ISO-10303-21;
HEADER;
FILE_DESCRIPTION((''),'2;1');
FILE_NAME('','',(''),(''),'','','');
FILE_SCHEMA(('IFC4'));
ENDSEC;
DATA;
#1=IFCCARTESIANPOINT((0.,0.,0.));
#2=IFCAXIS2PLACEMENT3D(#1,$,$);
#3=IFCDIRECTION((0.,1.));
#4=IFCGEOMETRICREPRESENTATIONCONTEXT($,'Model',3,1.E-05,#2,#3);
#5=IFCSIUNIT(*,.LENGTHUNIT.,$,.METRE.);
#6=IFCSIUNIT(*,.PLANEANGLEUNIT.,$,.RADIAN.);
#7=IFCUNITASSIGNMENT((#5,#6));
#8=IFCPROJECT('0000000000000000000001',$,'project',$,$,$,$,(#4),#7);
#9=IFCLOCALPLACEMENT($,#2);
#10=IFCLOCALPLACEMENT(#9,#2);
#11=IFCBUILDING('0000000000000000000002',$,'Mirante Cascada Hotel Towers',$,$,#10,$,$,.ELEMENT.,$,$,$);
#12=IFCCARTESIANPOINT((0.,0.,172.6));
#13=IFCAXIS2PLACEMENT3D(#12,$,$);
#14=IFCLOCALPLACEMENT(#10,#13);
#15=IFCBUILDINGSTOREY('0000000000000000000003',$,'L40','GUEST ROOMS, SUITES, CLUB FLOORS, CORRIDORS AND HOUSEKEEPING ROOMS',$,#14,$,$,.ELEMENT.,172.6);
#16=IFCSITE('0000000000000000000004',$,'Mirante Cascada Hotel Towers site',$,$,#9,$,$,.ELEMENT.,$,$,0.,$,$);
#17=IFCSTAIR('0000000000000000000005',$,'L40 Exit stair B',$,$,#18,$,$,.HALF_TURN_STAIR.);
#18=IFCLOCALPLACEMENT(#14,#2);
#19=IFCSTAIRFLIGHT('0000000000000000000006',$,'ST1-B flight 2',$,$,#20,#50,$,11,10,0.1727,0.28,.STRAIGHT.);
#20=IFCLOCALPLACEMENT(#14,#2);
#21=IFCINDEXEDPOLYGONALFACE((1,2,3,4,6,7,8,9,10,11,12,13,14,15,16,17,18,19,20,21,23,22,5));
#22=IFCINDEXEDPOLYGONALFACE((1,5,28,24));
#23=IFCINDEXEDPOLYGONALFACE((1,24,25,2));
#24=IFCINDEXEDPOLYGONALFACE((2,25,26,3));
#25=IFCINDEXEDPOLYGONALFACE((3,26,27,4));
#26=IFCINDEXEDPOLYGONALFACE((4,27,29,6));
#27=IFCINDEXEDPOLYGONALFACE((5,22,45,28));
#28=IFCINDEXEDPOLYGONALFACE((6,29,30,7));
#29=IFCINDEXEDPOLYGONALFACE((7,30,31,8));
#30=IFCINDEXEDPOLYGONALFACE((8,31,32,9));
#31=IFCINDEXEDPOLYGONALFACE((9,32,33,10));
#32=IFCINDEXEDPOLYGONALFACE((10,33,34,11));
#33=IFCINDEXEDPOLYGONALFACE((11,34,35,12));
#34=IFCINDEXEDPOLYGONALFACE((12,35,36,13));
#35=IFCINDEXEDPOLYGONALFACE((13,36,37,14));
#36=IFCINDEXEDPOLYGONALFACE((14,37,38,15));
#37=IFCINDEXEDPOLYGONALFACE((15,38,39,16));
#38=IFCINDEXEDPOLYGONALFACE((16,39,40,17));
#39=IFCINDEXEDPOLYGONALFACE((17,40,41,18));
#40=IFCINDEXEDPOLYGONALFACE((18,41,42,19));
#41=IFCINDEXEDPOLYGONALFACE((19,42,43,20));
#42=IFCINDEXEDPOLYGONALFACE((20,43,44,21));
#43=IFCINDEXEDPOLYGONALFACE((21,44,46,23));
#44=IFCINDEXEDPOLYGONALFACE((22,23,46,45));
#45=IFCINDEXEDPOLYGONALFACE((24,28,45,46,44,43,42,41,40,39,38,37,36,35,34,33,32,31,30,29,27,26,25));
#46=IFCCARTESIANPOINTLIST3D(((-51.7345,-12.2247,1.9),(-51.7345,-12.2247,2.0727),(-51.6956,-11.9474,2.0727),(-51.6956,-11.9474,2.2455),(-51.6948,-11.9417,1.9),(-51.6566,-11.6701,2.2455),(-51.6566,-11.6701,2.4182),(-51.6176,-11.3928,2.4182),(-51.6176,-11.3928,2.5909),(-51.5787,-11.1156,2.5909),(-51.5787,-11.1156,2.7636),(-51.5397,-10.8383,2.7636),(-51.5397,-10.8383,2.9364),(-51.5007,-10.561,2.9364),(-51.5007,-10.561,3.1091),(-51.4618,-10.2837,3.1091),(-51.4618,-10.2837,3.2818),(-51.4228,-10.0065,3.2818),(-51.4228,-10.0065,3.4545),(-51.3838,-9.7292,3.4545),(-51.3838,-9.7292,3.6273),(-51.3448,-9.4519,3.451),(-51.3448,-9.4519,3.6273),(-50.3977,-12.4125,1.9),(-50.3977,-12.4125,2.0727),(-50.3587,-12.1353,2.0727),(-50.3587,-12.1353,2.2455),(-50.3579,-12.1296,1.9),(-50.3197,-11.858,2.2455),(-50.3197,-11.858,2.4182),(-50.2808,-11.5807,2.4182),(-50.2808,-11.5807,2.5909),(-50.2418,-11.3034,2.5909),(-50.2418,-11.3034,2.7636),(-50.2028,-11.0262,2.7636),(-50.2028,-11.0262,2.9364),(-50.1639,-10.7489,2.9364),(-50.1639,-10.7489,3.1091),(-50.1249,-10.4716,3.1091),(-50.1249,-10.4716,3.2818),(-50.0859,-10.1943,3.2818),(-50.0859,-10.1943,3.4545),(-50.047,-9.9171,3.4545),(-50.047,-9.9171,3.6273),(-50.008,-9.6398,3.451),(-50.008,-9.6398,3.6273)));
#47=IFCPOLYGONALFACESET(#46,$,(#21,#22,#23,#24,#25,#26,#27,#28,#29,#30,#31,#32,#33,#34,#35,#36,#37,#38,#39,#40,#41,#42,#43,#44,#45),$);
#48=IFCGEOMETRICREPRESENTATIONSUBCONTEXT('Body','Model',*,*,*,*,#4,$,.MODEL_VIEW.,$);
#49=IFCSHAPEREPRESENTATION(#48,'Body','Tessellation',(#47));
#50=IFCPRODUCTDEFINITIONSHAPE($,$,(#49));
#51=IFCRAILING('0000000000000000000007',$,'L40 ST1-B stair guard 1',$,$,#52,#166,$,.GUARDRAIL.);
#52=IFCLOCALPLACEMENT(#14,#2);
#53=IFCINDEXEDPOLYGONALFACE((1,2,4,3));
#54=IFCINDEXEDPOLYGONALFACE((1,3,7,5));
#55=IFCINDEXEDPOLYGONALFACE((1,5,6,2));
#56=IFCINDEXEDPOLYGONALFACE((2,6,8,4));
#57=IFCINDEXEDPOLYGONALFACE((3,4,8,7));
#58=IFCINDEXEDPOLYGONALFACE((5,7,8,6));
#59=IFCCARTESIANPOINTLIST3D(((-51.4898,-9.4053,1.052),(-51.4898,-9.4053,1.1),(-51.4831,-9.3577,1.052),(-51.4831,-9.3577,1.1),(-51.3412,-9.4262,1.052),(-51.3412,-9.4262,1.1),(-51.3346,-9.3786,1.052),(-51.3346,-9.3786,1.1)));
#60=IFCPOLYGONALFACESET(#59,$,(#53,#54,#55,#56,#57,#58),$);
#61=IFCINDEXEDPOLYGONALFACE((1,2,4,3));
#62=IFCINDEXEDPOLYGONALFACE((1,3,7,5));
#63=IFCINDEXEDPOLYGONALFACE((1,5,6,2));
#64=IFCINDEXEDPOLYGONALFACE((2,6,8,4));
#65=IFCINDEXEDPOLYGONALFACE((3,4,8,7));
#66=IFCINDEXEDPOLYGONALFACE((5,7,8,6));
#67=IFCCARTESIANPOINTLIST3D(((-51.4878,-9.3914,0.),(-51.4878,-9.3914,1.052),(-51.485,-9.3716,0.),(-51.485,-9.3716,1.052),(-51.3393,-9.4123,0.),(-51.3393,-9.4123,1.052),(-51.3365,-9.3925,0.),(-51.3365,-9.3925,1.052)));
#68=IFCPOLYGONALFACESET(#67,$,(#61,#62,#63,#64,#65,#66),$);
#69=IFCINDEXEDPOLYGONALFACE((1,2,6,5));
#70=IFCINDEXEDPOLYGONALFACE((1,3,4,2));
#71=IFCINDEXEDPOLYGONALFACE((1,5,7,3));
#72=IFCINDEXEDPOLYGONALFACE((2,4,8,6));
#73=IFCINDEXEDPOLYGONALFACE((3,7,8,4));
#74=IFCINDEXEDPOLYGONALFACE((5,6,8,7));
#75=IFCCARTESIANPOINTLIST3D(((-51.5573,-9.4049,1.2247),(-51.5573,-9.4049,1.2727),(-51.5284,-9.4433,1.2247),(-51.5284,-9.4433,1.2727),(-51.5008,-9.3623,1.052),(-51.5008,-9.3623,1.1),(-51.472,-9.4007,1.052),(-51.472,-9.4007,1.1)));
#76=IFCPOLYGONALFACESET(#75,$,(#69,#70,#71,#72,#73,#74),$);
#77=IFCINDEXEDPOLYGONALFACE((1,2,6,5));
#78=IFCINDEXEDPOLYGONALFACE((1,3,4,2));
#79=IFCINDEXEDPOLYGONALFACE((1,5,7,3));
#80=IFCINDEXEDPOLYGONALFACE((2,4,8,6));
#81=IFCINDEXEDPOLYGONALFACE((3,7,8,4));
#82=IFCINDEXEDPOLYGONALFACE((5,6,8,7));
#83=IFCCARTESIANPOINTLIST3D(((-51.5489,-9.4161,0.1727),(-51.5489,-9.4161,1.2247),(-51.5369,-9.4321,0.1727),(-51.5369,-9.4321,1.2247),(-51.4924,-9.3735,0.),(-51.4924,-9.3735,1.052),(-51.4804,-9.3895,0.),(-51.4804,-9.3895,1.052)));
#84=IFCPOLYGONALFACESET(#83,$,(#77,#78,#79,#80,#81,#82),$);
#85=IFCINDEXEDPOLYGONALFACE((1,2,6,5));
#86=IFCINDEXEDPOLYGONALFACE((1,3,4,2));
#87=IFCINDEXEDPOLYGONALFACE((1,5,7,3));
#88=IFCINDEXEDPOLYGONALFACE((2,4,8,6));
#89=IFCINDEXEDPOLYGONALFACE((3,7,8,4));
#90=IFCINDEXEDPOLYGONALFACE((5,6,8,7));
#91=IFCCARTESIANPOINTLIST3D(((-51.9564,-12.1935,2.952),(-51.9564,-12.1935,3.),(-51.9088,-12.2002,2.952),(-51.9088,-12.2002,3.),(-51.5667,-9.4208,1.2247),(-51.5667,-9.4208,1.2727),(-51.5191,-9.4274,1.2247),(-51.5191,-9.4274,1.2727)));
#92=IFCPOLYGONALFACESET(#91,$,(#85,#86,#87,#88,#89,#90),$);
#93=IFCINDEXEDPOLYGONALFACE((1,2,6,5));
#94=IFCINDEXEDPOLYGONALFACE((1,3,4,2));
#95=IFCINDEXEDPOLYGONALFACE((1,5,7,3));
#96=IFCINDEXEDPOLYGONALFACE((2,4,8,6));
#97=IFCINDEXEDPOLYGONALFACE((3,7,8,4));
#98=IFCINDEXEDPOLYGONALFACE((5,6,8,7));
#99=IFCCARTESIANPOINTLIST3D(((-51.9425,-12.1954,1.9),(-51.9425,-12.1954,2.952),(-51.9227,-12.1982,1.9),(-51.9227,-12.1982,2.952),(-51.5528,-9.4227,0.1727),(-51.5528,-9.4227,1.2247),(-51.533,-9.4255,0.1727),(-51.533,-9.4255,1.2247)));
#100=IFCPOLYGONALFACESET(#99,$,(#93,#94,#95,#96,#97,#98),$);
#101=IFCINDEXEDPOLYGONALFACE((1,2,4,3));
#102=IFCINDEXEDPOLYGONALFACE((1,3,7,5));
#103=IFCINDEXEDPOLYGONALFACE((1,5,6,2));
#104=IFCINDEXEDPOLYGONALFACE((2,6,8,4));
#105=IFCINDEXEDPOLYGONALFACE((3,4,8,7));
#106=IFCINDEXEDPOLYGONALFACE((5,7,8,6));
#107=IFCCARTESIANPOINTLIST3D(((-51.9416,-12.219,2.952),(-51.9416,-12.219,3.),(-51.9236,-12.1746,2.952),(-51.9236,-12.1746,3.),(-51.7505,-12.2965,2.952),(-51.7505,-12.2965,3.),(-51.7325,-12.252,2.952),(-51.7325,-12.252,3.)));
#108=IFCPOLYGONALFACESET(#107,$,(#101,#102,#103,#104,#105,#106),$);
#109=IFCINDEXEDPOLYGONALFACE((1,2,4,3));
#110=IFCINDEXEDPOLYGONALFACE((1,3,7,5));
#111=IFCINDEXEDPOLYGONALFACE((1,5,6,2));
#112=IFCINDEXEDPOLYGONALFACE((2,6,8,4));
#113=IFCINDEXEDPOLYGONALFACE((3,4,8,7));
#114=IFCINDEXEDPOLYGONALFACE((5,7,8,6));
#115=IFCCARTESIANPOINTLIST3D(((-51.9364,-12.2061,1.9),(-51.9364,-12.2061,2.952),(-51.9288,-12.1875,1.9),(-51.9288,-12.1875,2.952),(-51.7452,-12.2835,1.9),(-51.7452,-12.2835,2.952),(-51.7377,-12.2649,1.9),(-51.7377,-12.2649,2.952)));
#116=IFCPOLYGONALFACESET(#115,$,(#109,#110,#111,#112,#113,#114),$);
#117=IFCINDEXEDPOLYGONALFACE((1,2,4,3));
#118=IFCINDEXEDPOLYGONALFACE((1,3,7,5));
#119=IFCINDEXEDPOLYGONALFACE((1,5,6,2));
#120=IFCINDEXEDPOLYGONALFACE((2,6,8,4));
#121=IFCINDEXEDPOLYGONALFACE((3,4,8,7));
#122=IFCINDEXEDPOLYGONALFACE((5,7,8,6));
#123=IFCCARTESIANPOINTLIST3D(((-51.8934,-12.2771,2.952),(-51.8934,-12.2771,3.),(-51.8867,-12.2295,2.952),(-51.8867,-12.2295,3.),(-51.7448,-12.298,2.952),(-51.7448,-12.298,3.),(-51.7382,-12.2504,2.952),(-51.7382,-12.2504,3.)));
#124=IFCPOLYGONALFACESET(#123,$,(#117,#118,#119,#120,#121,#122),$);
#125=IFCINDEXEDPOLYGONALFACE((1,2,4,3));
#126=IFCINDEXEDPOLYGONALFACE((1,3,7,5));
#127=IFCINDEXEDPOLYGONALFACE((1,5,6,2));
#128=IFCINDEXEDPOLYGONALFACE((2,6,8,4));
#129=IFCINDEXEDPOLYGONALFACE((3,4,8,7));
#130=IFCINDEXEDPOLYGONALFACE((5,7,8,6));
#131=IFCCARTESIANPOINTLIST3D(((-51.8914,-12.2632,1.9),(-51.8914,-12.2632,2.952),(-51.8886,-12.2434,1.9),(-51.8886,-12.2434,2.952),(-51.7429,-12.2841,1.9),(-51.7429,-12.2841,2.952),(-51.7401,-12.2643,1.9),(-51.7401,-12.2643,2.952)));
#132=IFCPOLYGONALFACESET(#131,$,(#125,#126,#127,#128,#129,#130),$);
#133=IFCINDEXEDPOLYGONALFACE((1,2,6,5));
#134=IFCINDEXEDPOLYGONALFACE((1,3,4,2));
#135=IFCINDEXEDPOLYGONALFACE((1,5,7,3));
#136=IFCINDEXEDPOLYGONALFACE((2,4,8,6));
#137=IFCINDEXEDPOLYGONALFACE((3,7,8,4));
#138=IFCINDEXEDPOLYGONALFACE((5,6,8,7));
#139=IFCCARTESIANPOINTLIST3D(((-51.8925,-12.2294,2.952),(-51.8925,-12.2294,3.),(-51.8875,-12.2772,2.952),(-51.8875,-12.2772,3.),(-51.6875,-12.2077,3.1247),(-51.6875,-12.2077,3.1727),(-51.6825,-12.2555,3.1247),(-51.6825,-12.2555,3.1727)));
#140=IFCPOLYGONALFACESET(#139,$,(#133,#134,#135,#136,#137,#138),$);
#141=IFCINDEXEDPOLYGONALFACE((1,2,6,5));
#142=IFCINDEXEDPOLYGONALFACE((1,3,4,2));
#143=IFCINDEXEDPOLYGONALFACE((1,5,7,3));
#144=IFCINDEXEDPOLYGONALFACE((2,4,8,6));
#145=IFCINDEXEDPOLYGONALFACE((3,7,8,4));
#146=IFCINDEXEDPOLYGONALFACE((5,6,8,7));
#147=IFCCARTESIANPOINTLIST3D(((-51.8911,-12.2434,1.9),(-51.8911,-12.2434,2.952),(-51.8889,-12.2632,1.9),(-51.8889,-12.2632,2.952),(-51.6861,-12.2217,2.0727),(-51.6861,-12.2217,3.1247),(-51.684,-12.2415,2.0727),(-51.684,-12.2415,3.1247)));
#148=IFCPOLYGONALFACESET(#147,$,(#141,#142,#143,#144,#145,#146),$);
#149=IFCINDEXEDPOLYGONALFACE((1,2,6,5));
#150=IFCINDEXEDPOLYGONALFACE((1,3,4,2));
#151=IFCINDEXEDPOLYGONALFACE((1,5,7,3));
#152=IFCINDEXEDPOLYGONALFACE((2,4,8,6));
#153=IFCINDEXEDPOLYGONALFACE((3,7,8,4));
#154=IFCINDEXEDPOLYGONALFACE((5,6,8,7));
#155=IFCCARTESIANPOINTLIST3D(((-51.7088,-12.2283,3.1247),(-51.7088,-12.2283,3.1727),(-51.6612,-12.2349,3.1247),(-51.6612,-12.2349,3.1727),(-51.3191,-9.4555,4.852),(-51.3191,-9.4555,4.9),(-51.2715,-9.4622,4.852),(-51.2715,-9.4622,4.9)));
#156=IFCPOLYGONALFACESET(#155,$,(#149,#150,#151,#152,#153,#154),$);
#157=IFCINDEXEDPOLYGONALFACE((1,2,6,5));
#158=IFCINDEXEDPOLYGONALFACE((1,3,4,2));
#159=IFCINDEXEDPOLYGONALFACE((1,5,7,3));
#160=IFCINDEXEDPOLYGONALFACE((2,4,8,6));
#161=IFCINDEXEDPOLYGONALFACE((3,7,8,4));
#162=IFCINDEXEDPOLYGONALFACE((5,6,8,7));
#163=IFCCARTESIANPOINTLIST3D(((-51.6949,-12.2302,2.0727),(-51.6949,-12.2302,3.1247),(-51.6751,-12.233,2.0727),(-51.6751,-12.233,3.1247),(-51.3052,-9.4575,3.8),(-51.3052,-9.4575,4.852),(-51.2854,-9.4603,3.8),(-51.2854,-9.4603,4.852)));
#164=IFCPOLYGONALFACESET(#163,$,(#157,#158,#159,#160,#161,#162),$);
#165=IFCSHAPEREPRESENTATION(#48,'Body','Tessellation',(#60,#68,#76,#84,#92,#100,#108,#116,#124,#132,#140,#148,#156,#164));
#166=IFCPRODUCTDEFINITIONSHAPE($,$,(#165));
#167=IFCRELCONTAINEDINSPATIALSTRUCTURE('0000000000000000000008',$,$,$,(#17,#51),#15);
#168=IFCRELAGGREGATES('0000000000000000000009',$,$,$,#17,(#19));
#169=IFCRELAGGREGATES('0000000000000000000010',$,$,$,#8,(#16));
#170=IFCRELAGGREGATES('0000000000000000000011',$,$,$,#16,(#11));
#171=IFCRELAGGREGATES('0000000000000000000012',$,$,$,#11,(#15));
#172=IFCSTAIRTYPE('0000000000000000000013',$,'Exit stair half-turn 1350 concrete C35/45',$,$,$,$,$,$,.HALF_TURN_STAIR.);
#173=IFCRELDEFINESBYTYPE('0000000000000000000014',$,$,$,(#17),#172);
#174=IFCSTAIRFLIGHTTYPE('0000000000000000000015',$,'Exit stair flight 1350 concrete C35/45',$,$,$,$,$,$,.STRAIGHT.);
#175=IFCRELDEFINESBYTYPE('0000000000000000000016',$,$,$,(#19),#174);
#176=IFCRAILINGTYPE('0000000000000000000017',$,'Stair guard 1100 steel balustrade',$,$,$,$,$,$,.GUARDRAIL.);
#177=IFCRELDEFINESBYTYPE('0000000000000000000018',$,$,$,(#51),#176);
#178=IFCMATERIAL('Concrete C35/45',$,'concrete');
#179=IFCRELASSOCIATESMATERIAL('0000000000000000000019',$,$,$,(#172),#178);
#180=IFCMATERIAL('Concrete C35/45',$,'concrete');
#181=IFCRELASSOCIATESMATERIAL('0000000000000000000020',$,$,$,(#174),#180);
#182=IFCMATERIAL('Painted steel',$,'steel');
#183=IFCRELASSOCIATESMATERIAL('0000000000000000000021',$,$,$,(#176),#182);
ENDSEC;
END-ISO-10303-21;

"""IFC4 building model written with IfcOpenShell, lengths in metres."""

from ifc_helpers import new_model, si_unit, direction, frame, origin, origin_2d, place, context, subcontext, project, spatial, polyline, rectangle, outline, extrude, material, type_object, element, aggregate, save


model = new_model("IFC4")

# Units and contexts
model_context = context("Model", 3, precision=1e-05, world=origin(), true_north=direction((0.0, 1.0)))
body_context = subcontext(model_context, "Body", "Model", "MODEL_VIEW")
ifc_project = project(units=[si_unit("LENGTHUNIT", "METRE"), si_unit("PLANEANGLEUNIT", "RADIAN")], contexts=[model_context])

# Site, building, storey
site_placement = place(None, origin())
site = spatial("IfcSite", under=ifc_project, at=site_placement, Name="Mirante Cascada Hotel Towers site", CompositionType="ELEMENT", RefElevation=0.0)
building_placement = place(site_placement, origin())
building = spatial("IfcBuilding", under=site, at=building_placement, Name="Mirante Cascada Hotel Towers", CompositionType="ELEMENT")
storey_placement = place(building_placement, frame((0.0, 0.0, 172.6)))
storey = spatial("IfcBuildingStorey", under=building, at=storey_placement, Name="L40", Description="GUEST ROOMS, SUITES, CLUB FLOORS, CORRIDORS AND HOUSEKEEPING ROOMS", CompositionType="ELEMENT", Elevation=172.6)

# Stair, stair flight
ifc_material_1 = material(Name="Concrete C35/45", Category="concrete")
stair_type = type_object("IfcStairType", Name="Exit stair half-turn 1350 concrete C35/45", PredefinedType="HALF_TURN_STAIR", material=ifc_material_1)
stair_placement = place(storey_placement, origin())
stair = element("IfcStair", 1, at=stair_placement, inside=storey, type_object=stair_type, Name="L40 Exit stair B", PredefinedType="HALF_TURN_STAIR")
ifc_material_2 = material(Name="Concrete C35/45", Category="concrete")
stair_flight_type = type_object("IfcStairFlightType", Name="Exit stair flight 1350 concrete C35/45", PredefinedType="STRAIGHT", material=ifc_material_2)
stair_flight_1_placement = place(storey_placement, frame((-51.0661, -12.3186, 1.9), z_axis=(0.0, 0.0, 1.0), x_axis=(0.139173, 0.990268, 0.0)))
stair_flight_1 = element("IfcStairFlight", 2, at=stair_flight_1_placement, type_object=stair_flight_type, Name="ST1-B flight 2", NumberOfRisers=11, NumberOfTreads=10, PredefinedType="STRAIGHT", RiserHeight=0.1727, TreadLength=0.28, context=body_context, shape_type="SweptSolid", body=[
    extrude(outline(polyline([(0.0, 0.0), (0.0, 0.1727), (0.28, 0.1727), (0.28, 0.3455), (0.56, 0.3455), (0.56, 0.5182), (0.84, 0.5182), (0.84, 0.6909), (1.12, 0.6909), (1.12, 0.8636), (1.4, 0.8636), (1.4, 1.0364), (1.68, 1.0364), (1.68, 1.2091), (1.96, 1.2091), (1.96, 1.3818), (2.24, 1.3818), (2.24, 1.5545), (2.52, 1.5545), (2.52, 1.7273), (2.8, 1.7273), (2.8, 1.9), (2.8, 1.551), (0.2857, 0.0), (0.0, 0.0)])), frame((0.0, 0.675, 0.0), z_axis=(0.0, -1.0, 0.0), x_axis=(1.0, 0.0, 0.0)), (0.0, 0.0, 1.0), 1.35),
])
aggregate(stair, [stair_flight_1])

# Railing
ifc_material_3 = material(Name="Painted steel", Category="steel")
railing_type = type_object("IfcRailingType", Name="Stair guard 1100 steel balustrade", PredefinedType="GUARDRAIL", material=ifc_material_3)
railing_placement = place(storey_placement, frame((-51.3379, -9.4024, 0.0)))
element("IfcRailing", 3, at=railing_placement, inside=storey, type_object=railing_type, Name="L40 ST1-B stair guard 1", PredefinedType="GUARDRAIL", context=body_context, shape_type="SweptSolid", body=[
    extrude(rectangle(XDim=0.048, YDim=0.048, at=origin_2d()), frame((0.0, 0.0, 1.076), z_axis=(-0.990241, 0.139367, 0.0), x_axis=(-0.139367, -0.990241, 0.0)), (0.0, 0.0, 1.0), 0.15),
    extrude(rectangle(XDim=0.02, YDim=1.052, at=origin_2d()), frame((0.0, 0.0, 0.526), z_axis=(-0.990241, 0.139367, 0.0), x_axis=(-0.139367, -0.990241, 0.0)), (0.0, 0.0, 1.0), 0.15),
    extrude(rectangle(XDim=0.048, YDim=0.048, at=origin_2d()), frame((-0.1485, 0.0209, 1.076), z_axis=(-0.798471, -0.602033, 0.0), x_axis=(0.602033, -0.798471, 0.0)), (0.0, 0.92534, 0.379139), 0.1866),
    extrude(rectangle(XDim=0.02, YDim=1.052, at=origin_2d()), frame((-0.1485, 0.0209, 0.526), z_axis=(-0.798471, -0.602033, 0.0), x_axis=(0.602033, -0.798471, 0.0)), (0.0, 0.92534, 0.379139), 0.1866),
    extrude(rectangle(XDim=0.048, YDim=0.048, at=origin_2d()), frame((-0.205, -0.0217, 1.2487), z_axis=(-0.139181, -0.990267, 0.0), x_axis=(0.990267, -0.139181, 0.0)), (0.0, 0.525035, 0.851081), 3.2899),
    extrude(rectangle(XDim=0.02, YDim=1.052, at=origin_2d()), frame((-0.205, -0.0217, 0.6987), z_axis=(-0.139181, -0.990267, 0.0), x_axis=(0.990267, -0.139181, 0.0)), (0.0, 0.525035, 0.851081), 3.2899),
    extrude(rectangle(XDim=0.048, YDim=0.048, at=origin_2d()), frame((-0.5947, -2.7944, 2.976), z_axis=(0.926862, -0.375401, 0.0), x_axis=(0.375401, 0.926862, 0.0)), (0.0, 0.0, 1.0), 0.2062),
    extrude(rectangle(XDim=0.02, YDim=1.052, at=origin_2d()), frame((-0.5947, -2.7944, 2.426), z_axis=(0.926862, -0.375401, 0.0), x_axis=(0.375401, 0.926862, 0.0)), (0.0, 0.0, 1.0), 0.2062),
    extrude(rectangle(XDim=0.048, YDim=0.048, at=origin_2d()), frame((-0.4036, -2.8718, 2.976), z_axis=(-0.990241, 0.139367, 0.0), x_axis=(-0.139367, -0.990241, 0.0)), (0.0, 0.0, 1.0), 0.15),
    extrude(rectangle(XDim=0.02, YDim=1.052, at=origin_2d()), frame((-0.4036, -2.8718, 2.426), z_axis=(-0.990241, 0.139367, 0.0), x_axis=(-0.139367, -0.990241, 0.0)), (0.0, 0.0, 1.0), 0.15),
    extrude(rectangle(XDim=0.048, YDim=0.048, at=origin_2d()), frame((-0.5521, -2.8509, 2.976), z_axis=(0.994444, 0.105266, 0.0), x_axis=(-0.105266, 0.994444, 0.0)), (0.0, 0.642184, 0.76655), 0.2689),
    extrude(rectangle(XDim=0.02, YDim=1.052, at=origin_2d()), frame((-0.5521, -2.8509, 2.426), z_axis=(0.994444, 0.105266, 0.0), x_axis=(-0.105266, 0.994444, 0.0)), (0.0, 0.642184, 0.76655), 0.2689),
    extrude(rectangle(XDim=0.048, YDim=0.048, at=origin_2d()), frame((-0.3471, -2.8292, 3.1487), z_axis=(0.139181, 0.990267, 0.0), x_axis=(-0.990267, 0.139181, 0.0)), (0.0, 0.525035, 0.851081), 3.2899),
    extrude(rectangle(XDim=0.02, YDim=1.052, at=origin_2d()), frame((-0.3471, -2.8292, 2.5987), z_axis=(0.139181, 0.990267, 0.0), x_axis=(-0.990267, 0.139181, 0.0)), (0.0, 0.525035, 0.851081), 3.2899),
])

save(model, "model.ifc")
